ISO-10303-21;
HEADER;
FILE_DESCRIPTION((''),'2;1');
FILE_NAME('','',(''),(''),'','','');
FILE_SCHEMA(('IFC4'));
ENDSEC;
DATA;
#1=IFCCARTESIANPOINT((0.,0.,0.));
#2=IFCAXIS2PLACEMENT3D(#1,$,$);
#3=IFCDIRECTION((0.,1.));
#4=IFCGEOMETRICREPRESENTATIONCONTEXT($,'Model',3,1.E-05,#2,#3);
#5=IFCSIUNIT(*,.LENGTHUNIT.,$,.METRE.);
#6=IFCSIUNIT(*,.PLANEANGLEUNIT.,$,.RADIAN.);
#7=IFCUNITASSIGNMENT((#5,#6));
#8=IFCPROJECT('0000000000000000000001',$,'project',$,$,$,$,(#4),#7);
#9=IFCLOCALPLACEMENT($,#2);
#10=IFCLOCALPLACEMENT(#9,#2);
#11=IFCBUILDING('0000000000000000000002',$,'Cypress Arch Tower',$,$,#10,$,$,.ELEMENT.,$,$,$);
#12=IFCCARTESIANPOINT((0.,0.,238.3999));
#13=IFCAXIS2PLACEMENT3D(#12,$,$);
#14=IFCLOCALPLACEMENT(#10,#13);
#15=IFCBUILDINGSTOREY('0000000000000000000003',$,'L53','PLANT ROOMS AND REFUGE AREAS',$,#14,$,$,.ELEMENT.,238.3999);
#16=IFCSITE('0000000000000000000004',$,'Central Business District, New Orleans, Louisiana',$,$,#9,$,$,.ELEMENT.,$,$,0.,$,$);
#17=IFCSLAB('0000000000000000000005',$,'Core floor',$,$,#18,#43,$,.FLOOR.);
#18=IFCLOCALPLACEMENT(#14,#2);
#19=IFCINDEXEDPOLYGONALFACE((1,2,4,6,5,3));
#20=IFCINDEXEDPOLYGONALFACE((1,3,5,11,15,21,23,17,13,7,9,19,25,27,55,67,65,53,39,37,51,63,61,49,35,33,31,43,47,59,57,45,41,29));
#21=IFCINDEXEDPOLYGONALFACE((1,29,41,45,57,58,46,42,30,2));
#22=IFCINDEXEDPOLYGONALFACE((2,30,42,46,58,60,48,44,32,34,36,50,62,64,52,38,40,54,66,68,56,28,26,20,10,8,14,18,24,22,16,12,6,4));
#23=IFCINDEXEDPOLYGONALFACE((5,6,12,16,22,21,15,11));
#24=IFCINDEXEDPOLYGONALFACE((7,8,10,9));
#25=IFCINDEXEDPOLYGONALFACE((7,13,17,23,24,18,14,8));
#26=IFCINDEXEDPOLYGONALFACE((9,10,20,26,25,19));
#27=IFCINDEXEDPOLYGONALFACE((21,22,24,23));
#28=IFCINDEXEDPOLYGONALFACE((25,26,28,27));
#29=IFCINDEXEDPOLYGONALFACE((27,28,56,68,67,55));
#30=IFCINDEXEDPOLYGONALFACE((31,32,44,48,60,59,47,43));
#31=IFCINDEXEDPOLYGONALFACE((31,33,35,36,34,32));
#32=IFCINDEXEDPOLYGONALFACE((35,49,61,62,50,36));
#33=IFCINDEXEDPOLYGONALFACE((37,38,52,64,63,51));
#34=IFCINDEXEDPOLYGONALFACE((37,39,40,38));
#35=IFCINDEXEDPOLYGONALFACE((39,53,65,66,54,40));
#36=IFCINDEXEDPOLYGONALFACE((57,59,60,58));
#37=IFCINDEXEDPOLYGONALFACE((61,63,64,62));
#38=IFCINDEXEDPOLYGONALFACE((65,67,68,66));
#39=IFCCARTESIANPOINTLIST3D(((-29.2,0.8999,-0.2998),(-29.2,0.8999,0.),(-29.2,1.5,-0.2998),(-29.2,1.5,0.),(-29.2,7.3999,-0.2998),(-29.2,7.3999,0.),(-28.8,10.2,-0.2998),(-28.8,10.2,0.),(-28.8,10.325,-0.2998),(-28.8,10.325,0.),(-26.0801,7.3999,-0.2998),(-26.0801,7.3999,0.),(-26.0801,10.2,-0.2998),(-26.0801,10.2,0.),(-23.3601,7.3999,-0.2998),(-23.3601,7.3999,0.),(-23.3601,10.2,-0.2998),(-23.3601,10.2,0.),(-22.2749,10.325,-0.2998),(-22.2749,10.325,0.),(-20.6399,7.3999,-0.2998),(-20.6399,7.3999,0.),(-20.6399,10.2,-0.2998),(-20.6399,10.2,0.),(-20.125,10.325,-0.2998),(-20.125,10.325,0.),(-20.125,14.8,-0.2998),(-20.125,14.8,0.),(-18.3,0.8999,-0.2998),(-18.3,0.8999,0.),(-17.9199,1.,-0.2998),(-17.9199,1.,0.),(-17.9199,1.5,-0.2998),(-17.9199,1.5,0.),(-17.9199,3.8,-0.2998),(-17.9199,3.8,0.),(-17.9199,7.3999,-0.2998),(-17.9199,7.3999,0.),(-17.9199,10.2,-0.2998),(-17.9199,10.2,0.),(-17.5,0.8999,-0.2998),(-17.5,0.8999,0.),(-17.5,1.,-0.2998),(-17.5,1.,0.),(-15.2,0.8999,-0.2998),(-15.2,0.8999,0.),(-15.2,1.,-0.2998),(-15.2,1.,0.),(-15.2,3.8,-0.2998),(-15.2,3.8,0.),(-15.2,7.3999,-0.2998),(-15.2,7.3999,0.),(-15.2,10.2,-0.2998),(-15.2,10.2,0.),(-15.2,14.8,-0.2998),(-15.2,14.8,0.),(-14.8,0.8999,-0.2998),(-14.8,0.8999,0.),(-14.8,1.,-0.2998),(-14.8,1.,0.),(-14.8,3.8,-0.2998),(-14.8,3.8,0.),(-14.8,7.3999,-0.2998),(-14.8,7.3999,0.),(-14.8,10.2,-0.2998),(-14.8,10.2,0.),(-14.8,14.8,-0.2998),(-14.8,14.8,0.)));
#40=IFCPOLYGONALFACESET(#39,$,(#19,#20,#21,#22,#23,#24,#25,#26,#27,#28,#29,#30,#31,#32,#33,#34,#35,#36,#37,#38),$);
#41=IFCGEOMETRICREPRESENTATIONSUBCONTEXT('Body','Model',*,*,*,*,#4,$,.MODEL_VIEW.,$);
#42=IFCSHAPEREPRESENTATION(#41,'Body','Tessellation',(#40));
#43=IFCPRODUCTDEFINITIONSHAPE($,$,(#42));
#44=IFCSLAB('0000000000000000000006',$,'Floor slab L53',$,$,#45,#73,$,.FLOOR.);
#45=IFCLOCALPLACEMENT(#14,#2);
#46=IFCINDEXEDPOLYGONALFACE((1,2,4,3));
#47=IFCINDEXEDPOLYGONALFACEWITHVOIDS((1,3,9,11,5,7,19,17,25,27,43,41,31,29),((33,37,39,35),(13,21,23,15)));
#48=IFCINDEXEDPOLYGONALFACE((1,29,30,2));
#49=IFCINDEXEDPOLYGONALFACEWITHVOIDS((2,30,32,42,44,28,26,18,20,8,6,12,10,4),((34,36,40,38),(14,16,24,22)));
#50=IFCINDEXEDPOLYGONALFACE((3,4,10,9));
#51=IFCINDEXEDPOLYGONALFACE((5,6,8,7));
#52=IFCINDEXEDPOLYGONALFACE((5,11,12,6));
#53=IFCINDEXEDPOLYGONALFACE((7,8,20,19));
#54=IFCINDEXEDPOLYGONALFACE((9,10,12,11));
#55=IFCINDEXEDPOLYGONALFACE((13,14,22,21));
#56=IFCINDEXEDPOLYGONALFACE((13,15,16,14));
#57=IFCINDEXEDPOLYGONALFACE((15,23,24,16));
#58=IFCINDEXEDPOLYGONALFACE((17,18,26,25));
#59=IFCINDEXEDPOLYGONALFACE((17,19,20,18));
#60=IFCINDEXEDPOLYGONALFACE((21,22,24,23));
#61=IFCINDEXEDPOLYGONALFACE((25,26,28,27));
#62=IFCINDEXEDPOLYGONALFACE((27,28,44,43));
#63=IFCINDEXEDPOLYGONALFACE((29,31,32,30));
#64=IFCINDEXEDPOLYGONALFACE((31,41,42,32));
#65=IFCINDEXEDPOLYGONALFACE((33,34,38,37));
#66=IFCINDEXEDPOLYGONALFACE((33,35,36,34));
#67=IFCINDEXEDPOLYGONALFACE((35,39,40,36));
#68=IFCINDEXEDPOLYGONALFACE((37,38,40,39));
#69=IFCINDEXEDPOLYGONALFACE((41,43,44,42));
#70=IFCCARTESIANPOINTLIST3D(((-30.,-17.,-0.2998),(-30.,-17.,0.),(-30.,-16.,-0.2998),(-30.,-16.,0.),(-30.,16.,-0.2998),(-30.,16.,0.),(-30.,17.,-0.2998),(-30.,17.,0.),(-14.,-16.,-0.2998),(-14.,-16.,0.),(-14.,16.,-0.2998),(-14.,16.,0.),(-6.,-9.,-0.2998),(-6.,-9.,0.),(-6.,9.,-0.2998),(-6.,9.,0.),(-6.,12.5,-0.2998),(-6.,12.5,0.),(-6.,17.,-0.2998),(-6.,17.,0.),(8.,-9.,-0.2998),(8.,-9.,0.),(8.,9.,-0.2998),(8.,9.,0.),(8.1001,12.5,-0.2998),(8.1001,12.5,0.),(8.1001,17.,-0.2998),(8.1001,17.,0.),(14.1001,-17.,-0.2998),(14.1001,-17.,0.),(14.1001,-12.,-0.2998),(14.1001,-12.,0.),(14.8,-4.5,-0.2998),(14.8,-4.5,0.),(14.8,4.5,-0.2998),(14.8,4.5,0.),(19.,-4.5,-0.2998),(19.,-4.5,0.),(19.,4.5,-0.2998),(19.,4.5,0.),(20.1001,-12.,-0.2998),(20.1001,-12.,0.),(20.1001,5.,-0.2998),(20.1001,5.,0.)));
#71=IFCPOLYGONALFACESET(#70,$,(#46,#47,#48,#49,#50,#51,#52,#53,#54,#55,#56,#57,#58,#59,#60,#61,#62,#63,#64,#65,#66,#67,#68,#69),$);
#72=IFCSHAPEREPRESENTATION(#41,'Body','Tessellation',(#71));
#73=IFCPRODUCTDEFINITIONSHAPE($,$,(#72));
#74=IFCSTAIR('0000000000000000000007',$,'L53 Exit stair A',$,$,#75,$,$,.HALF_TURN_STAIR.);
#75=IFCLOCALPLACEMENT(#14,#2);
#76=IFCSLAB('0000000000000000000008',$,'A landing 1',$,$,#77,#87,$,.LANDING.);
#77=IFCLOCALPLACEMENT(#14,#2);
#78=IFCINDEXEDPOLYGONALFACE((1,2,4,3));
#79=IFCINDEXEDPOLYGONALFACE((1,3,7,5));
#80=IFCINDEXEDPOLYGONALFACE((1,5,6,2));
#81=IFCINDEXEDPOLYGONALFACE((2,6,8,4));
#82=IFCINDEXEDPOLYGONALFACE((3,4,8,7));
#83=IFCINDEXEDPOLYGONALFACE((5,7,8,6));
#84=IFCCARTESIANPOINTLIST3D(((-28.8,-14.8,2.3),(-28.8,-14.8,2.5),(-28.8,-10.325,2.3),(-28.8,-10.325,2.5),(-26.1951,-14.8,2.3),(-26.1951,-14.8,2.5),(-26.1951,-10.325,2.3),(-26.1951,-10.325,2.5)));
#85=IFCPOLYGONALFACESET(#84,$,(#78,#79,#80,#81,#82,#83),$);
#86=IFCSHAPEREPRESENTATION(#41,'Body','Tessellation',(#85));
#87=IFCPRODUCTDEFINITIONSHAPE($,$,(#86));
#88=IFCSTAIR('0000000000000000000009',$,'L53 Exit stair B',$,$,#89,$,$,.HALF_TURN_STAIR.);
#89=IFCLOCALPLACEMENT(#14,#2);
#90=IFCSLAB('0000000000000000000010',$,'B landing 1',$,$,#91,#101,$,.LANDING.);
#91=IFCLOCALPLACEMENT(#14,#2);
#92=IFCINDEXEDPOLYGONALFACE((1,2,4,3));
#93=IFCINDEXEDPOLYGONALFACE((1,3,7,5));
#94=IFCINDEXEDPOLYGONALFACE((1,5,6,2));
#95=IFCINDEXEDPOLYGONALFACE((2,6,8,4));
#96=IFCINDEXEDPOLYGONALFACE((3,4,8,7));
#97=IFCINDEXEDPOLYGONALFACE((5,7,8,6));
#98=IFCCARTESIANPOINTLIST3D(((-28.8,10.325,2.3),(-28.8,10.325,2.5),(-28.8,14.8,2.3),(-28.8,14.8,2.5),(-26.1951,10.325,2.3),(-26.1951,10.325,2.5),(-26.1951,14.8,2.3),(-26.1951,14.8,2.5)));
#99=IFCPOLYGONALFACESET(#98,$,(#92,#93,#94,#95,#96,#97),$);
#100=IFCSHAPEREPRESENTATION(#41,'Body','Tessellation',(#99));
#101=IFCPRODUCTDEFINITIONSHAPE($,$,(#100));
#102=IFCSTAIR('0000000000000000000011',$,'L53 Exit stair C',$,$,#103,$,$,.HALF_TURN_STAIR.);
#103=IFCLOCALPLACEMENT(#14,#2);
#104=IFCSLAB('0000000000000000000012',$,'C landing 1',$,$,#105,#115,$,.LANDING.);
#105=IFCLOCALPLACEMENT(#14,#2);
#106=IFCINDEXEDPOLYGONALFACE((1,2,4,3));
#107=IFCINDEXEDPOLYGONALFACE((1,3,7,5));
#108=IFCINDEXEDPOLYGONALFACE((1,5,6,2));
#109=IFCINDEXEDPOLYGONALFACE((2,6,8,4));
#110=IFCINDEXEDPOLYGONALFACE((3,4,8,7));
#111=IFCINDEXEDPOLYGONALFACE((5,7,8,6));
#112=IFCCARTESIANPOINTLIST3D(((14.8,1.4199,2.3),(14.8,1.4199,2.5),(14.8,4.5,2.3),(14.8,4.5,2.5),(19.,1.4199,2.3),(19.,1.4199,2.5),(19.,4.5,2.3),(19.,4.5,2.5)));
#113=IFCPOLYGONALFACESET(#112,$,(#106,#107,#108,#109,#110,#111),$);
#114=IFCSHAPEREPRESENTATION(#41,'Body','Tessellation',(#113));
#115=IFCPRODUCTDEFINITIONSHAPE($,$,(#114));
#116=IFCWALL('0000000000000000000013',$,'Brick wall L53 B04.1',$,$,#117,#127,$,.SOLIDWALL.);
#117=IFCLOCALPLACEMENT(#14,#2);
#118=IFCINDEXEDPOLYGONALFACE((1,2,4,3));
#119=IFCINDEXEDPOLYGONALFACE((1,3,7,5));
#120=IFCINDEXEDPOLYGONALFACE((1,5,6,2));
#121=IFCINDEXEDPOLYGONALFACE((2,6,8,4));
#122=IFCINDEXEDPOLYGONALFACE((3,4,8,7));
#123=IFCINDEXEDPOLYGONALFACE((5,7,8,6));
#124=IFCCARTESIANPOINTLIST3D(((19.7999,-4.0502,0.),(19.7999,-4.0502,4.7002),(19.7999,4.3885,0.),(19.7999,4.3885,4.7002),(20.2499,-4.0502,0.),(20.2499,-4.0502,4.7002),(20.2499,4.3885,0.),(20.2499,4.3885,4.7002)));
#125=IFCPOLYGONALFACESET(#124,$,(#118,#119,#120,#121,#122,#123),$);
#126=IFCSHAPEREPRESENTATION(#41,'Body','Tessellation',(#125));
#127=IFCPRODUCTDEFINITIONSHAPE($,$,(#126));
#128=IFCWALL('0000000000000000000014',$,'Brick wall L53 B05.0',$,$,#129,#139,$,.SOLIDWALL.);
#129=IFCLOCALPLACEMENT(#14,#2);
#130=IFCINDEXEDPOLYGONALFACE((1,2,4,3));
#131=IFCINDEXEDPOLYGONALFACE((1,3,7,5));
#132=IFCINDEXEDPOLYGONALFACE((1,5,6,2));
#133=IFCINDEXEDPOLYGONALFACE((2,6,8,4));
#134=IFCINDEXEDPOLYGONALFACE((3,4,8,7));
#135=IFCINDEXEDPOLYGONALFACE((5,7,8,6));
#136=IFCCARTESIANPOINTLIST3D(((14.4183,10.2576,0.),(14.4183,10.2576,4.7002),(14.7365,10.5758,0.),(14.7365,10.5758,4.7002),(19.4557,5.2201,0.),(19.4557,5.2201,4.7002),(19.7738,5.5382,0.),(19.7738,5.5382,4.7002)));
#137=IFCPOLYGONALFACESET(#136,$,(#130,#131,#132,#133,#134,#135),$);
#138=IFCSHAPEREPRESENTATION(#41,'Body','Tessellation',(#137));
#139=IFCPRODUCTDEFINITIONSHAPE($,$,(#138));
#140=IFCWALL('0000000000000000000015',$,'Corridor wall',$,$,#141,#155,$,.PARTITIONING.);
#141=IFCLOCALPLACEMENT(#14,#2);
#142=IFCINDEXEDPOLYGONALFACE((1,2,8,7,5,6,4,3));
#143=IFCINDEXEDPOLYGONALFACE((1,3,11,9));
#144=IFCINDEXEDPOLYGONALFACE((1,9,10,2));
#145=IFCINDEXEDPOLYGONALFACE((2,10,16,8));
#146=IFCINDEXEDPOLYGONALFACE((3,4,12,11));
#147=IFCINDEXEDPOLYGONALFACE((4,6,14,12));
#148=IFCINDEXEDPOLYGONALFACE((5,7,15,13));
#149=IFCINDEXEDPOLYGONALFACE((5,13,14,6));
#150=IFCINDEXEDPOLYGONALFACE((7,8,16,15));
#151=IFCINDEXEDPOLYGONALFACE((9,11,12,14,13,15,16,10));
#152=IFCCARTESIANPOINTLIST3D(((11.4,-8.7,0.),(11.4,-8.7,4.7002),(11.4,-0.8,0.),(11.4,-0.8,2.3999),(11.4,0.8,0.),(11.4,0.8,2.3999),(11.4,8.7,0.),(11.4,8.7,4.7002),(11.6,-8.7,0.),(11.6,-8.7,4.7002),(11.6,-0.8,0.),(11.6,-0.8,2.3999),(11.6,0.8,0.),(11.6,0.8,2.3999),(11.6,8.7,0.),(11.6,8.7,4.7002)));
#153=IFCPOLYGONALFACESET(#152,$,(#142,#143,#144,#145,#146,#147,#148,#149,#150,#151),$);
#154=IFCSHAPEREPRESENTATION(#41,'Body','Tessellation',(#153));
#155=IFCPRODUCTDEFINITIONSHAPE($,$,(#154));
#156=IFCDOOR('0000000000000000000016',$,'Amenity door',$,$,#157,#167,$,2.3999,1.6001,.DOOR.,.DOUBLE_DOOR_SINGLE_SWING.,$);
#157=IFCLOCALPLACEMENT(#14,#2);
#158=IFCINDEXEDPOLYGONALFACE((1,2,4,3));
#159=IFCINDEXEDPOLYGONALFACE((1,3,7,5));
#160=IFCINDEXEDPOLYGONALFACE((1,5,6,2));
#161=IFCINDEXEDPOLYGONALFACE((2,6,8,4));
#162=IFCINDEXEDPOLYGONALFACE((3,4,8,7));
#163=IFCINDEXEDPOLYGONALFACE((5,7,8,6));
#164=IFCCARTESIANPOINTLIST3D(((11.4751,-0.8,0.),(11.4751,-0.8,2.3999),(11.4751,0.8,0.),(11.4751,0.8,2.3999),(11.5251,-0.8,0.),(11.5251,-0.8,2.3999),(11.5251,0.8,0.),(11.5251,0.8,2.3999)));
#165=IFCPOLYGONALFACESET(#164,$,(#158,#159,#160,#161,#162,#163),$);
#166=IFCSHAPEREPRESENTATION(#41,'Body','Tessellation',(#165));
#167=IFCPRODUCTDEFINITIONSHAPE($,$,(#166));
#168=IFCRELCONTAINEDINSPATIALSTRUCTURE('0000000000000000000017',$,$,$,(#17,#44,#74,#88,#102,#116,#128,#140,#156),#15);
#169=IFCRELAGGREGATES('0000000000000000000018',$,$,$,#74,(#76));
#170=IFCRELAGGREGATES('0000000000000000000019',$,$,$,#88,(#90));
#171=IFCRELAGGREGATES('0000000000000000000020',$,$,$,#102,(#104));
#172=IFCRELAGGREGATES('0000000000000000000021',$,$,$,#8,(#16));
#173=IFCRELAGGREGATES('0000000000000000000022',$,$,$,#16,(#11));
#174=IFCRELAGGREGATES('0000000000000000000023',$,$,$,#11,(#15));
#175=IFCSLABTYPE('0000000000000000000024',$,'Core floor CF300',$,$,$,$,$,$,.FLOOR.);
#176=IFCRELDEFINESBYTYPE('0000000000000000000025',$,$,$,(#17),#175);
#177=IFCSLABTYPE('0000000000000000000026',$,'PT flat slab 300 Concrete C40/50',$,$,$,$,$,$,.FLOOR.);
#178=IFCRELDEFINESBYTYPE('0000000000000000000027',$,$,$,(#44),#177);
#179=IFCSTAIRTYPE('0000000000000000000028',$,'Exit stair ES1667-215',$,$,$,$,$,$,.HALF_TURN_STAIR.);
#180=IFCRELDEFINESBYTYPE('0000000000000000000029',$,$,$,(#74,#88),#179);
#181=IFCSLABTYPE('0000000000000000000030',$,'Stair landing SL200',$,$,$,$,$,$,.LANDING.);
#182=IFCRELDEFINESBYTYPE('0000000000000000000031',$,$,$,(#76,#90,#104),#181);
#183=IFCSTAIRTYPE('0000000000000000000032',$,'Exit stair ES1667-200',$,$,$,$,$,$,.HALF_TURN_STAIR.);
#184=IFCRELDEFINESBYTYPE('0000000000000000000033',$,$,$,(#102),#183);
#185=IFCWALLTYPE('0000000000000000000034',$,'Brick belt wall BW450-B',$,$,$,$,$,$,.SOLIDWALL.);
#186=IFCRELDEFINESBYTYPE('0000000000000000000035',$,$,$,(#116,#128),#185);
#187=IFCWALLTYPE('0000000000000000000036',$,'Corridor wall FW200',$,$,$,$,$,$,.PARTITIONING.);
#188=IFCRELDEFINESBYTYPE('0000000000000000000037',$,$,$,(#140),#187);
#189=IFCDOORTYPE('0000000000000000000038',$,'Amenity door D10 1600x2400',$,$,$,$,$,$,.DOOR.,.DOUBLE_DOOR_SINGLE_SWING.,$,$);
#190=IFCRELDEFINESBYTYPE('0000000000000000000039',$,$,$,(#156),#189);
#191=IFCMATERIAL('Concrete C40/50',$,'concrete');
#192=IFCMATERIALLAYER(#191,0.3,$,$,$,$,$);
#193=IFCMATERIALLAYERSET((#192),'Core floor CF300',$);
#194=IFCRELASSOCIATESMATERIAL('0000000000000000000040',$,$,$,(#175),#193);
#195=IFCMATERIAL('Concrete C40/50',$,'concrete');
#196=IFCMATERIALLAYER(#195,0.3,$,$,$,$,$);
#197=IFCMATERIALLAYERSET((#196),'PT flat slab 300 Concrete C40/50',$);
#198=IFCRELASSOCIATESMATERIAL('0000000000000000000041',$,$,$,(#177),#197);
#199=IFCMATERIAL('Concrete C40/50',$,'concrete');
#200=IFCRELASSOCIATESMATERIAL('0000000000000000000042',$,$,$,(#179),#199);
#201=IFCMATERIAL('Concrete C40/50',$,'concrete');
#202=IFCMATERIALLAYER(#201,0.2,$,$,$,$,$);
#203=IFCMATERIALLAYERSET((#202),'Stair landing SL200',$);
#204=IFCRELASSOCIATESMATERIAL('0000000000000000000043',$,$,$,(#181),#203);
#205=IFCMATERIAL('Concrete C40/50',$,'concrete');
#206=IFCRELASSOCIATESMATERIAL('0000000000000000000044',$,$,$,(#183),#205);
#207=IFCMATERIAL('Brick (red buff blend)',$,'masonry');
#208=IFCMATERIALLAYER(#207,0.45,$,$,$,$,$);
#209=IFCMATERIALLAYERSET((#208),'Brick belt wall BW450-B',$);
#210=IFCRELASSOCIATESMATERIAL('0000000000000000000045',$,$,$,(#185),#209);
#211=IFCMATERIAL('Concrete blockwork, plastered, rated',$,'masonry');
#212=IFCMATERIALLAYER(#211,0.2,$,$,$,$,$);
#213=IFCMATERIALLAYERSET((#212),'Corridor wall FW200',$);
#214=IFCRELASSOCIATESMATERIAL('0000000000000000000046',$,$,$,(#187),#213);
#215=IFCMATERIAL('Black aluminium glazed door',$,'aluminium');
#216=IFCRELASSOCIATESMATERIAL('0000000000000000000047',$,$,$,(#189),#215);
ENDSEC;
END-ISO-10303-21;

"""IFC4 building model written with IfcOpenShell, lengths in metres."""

from ifc_helpers import new_model, si_unit, direction, frame, frame_2d, origin, place, context, subcontext, project, spatial, polyline, rectangle, outline, extrude, material, layer, layer_set, type_object, element, fill, aggregate, save


model = new_model("IFC4")

# Units and contexts
model_context = context("Model", 3, precision=1e-05, world=origin(), true_north=direction((0.0, 1.0)))
body_context = subcontext(model_context, "Body", "Model", "MODEL_VIEW")
ifc_project = project(units=[si_unit("LENGTHUNIT", "METRE"), si_unit("PLANEANGLEUNIT", "RADIAN")], contexts=[model_context])

# Site, building, storey
site_placement = place(None, origin())
site = spatial("IfcSite", under=ifc_project, at=site_placement, Name="Central Business District, New Orleans, Louisiana", CompositionType="ELEMENT", RefElevation=0.0)
building_placement = place(site_placement, origin())
building = spatial("IfcBuilding", under=site, at=building_placement, Name="Cypress Arch Tower", CompositionType="ELEMENT")
storey_placement = place(building_placement, frame((0.0, 0.0, 238.3999)))
storey = spatial("IfcBuildingStorey", under=building, at=storey_placement, Name="L53", Description="PLANT ROOMS AND REFUGE AREAS", CompositionType="ELEMENT", Elevation=238.3999)

# Slabs
ifc_material_1 = material(Name="Concrete C40/50", Category="concrete")
ifc_layer_1 = layer(ifc_material_1, 0.3)
ifc_layer_set_1 = layer_set([ifc_layer_1], Name="Core floor CF300")
slab_type_1 = type_object("IfcSlabType", Name="Core floor CF300", PredefinedType="FLOOR", material=ifc_layer_set_1)
slab_1_placement = place(storey_placement, frame((0.0, 0.0, -0.2998)))
element("IfcSlab", 1, at=slab_1_placement, inside=storey, type_object=slab_type_1, Name="Core floor", PredefinedType="FLOOR", context=body_context, shape_type="SweptSolid", body=[
    extrude(outline(polyline([(-20.6399, 7.3999), (-20.6399, 10.2), (-23.3601, 10.2), (-26.0801, 10.2), (-28.8, 10.2), (-28.8, 10.325), (-22.2749, 10.325), (-20.125, 10.325), (-20.125, 14.8), (-15.2, 14.8), (-14.8, 14.8), (-14.8, 10.2), (-15.2, 10.2), (-17.9199, 10.2), (-17.9199, 7.3999), (-15.2, 7.3999), (-14.8, 7.3999), (-14.8, 3.8), (-15.2, 3.8), (-17.9199, 3.8), (-17.9199, 1.5), (-17.9199, 1.0), (-17.5, 1.0), (-15.2, 1.0), (-14.8, 1.0), (-14.8, 0.8999), (-15.2, 0.8999), (-17.5, 0.8999), (-18.3, 0.8999), (-29.2, 0.8999), (-29.2, 1.5), (-29.2, 7.3999), (-26.0801, 7.3999), (-23.3601, 7.3999), (-20.6399, 7.3999)])), origin(), (0.0, 0.0, 1.0), 0.2998),
])
ifc_material_2 = material(Name="Concrete C40/50", Category="concrete")
ifc_layer_2 = layer(ifc_material_2, 0.3)
ifc_layer_set_2 = layer_set([ifc_layer_2], Name="PT flat slab 300 Concrete C40/50")
slab_type_2 = type_object("IfcSlabType", Name="PT flat slab 300 Concrete C40/50", PredefinedType="FLOOR", material=ifc_layer_set_2)
slab_2_placement = place(storey_placement, frame((0.0, 0.0, -0.2998)))
element("IfcSlab", 2, at=slab_2_placement, inside=storey, type_object=slab_type_2, Name="Floor slab L53", PredefinedType="FLOOR", context=body_context, shape_type="SweptSolid", body=[
    extrude(outline(polyline([(-30.0, 17.0), (-6.0, 17.0), (-6.0, 12.5), (8.1001, 12.5), (8.1001, 17.0), (20.1001, 5.0), (20.1001, -12.0), (14.1001, -12.0), (14.1001, -17.0), (-30.0, -17.0), (-30.0, -16.0), (-14.0, -16.0), (-14.0, 16.0), (-30.0, 16.0), (-30.0, 17.0)]), holes=[polyline([(-6.0, -9.0), (8.0, -9.0), (8.0, 9.0), (-6.0, 9.0), (-6.0, -9.0)]), polyline([(14.8, -4.5), (19.0, -4.5), (19.0, 4.5), (14.8, 4.5), (14.8, -4.5)])]), origin(), (0.0, 0.0, 1.0), 0.2998),
])

# Stairs, slabs
ifc_material_3 = material(Name="Concrete C40/50", Category="concrete")
stair_type_1 = type_object("IfcStairType", Name="Exit stair ES1667-215", PredefinedType="HALF_TURN_STAIR", material=ifc_material_3)
stair_1_placement = place(storey_placement, origin())
stair_1 = element("IfcStair", 3, at=stair_1_placement, inside=storey, type_object=stair_type_1, Name="L53 Exit stair A", PredefinedType="HALF_TURN_STAIR")
ifc_material_4 = material(Name="Concrete C40/50", Category="concrete")
ifc_layer_3 = layer(ifc_material_4, 0.2)
ifc_layer_set_3 = layer_set([ifc_layer_3], Name="Stair landing SL200")
slab_type_3 = type_object("IfcSlabType", Name="Stair landing SL200", PredefinedType="LANDING", material=ifc_layer_set_3)
slab_3_placement = place(storey_placement, frame((0.0, 0.0, 2.3)))
slab_3 = element("IfcSlab", 4, at=slab_3_placement, type_object=slab_type_3, Name="A landing 1", PredefinedType="LANDING", context=body_context, shape_type="SweptSolid", body=[
    extrude(outline(polyline([(-26.1951, -10.325), (-28.8, -10.325), (-28.8, -14.8), (-26.1951, -14.8), (-26.1951, -10.325)])), origin(), (0.0, 0.0, 1.0), 0.2),
])
aggregate(stair_1, [slab_3])
stair_2_placement = place(storey_placement, origin())
stair_2 = element("IfcStair", 5, at=stair_2_placement, inside=storey, type_object=stair_type_1, Name="L53 Exit stair B", PredefinedType="HALF_TURN_STAIR")
slab_4_placement = place(storey_placement, frame((0.0, 0.0, 2.3)))
slab_4 = element("IfcSlab", 6, at=slab_4_placement, type_object=slab_type_3, Name="B landing 1", PredefinedType="LANDING", context=body_context, shape_type="SweptSolid", body=[
    extrude(outline(polyline([(-26.1951, 14.8), (-28.8, 14.8), (-28.8, 10.325), (-26.1951, 10.325), (-26.1951, 14.8)])), origin(), (0.0, 0.0, 1.0), 0.2),
])
aggregate(stair_2, [slab_4])
ifc_material_5 = material(Name="Concrete C40/50", Category="concrete")
stair_type_2 = type_object("IfcStairType", Name="Exit stair ES1667-200", PredefinedType="HALF_TURN_STAIR", material=ifc_material_5)
stair_3_placement = place(storey_placement, origin())
stair_3 = element("IfcStair", 7, at=stair_3_placement, inside=storey, type_object=stair_type_2, Name="L53 Exit stair C", PredefinedType="HALF_TURN_STAIR")
slab_5_placement = place(storey_placement, frame((0.0, 0.0, 2.3)))
slab_5 = element("IfcSlab", 8, at=slab_5_placement, type_object=slab_type_3, Name="C landing 1", PredefinedType="LANDING", context=body_context, shape_type="SweptSolid", body=[
    extrude(outline(polyline([(19.0, 1.4199), (19.0, 4.5), (14.8, 4.5), (14.8, 1.4199), (19.0, 1.4199)])), origin(), (0.0, 0.0, 1.0), 0.2),
])
aggregate(stair_3, [slab_5])

# Walls
ifc_material_6 = material(Name="Brick (red buff blend)", Category="masonry")
ifc_layer_4 = layer(ifc_material_6, 0.45)
ifc_layer_set_4 = layer_set([ifc_layer_4], Name="Brick belt wall BW450-B")
wall_type_1 = type_object("IfcWallType", Name="Brick belt wall BW450-B", PredefinedType="SOLIDWALL", material=ifc_layer_set_4)
wall_1_placement = place(storey_placement, frame((20.0249, -4.05, 0.0), z_axis=(0.0, 0.0, 1.0), x_axis=(0.0, 1.0, 0.0)))
element("IfcWall", 9, at=wall_1_placement, inside=storey, type_object=wall_type_1, Name="Brick wall L53 B04.1", PredefinedType="SOLIDWALL", context=body_context, shape_type="SweptSolid", body=[
    extrude(rectangle(XDim=8.4387, YDim=0.45, at=frame_2d((4.2192, 0.0))), origin(), (0.0, 0.0, 1.0), 4.7002),
])
wall_2_placement = place(storey_placement, frame((19.6147, 5.3792, 0.0), z_axis=(0.0, 0.0, 1.0), x_axis=(-0.70709, 0.707124, 0.0)))
element("IfcWall", 10, at=wall_2_placement, inside=storey, type_object=wall_type_1, Name="Brick wall L53 B05.0", PredefinedType="SOLIDWALL", context=body_context, shape_type="SweptSolid", body=[
    extrude(rectangle(XDim=7.124, YDim=0.45, at=frame_2d((3.562, 0.0))), origin(), (0.0, 0.0, 1.0), 4.7002),
])

# Wall, opening, door
ifc_material_7 = material(Name="Concrete blockwork, plastered, rated", Category="masonry")
ifc_layer_5 = layer(ifc_material_7, 0.2)
ifc_layer_set_5 = layer_set([ifc_layer_5], Name="Corridor wall FW200")
wall_type_2 = type_object("IfcWallType", Name="Corridor wall FW200", PredefinedType="PARTITIONING", material=ifc_layer_set_5)
wall_3_placement = place(storey_placement, frame((11.5, -8.7, 0.0), z_axis=(0.0, 0.0, 1.0), x_axis=(0.0, 1.0, 0.0)))
wall_3 = element("IfcWall", 11, at=wall_3_placement, inside=storey, type_object=wall_type_2, Name="Corridor wall", PredefinedType="PARTITIONING", context=body_context, shape_type="SweptSolid", body=[
    extrude(rectangle(XDim=17.3999, YDim=0.2, at=frame_2d((8.7, 0.0))), origin(), (0.0, 0.0, 1.0), 4.7002),
])
opening_1_placement = place(wall_3_placement, frame((7.8999, 0.0, 0.0)))
opening_1 = element("IfcOpeningElement", 12, at=opening_1_placement, cuts=wall_3, PredefinedType="OPENING", context=body_context, shape_type="SweptSolid", body=[
    extrude(rectangle(XDim=1.6001, YDim=2.3999, at=frame_2d((0.8, 1.2))), frame((0.0, 0.1099, 0.0), z_axis=(0.0, -1.0, 0.0), x_axis=(1.0, 0.0, 0.0)), (0.0, 0.0, 1.0), 0.22),
])
ifc_material_8 = material(Name="Black aluminium glazed door", Category="aluminium")
door_type_1 = type_object("IfcDoorType", Name="Amenity door D10 1600x2400", OperationType="DOUBLE_DOOR_SINGLE_SWING", PredefinedType="DOOR", material=ifc_material_8)
door_1_placement = place(opening_1_placement, origin())
door_1 = element("IfcDoor", 13, at=door_1_placement, inside=storey, type_object=door_type_1, Name="Amenity door", OperationType="DOUBLE_DOOR_SINGLE_SWING", OverallHeight=2.3999, OverallWidth=1.6001, PredefinedType="DOOR", context=body_context, shape_type="SweptSolid", body=[
    extrude(rectangle(XDim=1.6001, YDim=2.3999, at=frame_2d((0.8, 1.2))), frame((0.0, 0.0249, 0.0), z_axis=(0.0, -1.0, 0.0), x_axis=(1.0, 0.0, 0.0)), (0.0, 0.0, 1.0), 0.05),
])
fill(opening_1, door_1)

save(model, "model.ifc")
